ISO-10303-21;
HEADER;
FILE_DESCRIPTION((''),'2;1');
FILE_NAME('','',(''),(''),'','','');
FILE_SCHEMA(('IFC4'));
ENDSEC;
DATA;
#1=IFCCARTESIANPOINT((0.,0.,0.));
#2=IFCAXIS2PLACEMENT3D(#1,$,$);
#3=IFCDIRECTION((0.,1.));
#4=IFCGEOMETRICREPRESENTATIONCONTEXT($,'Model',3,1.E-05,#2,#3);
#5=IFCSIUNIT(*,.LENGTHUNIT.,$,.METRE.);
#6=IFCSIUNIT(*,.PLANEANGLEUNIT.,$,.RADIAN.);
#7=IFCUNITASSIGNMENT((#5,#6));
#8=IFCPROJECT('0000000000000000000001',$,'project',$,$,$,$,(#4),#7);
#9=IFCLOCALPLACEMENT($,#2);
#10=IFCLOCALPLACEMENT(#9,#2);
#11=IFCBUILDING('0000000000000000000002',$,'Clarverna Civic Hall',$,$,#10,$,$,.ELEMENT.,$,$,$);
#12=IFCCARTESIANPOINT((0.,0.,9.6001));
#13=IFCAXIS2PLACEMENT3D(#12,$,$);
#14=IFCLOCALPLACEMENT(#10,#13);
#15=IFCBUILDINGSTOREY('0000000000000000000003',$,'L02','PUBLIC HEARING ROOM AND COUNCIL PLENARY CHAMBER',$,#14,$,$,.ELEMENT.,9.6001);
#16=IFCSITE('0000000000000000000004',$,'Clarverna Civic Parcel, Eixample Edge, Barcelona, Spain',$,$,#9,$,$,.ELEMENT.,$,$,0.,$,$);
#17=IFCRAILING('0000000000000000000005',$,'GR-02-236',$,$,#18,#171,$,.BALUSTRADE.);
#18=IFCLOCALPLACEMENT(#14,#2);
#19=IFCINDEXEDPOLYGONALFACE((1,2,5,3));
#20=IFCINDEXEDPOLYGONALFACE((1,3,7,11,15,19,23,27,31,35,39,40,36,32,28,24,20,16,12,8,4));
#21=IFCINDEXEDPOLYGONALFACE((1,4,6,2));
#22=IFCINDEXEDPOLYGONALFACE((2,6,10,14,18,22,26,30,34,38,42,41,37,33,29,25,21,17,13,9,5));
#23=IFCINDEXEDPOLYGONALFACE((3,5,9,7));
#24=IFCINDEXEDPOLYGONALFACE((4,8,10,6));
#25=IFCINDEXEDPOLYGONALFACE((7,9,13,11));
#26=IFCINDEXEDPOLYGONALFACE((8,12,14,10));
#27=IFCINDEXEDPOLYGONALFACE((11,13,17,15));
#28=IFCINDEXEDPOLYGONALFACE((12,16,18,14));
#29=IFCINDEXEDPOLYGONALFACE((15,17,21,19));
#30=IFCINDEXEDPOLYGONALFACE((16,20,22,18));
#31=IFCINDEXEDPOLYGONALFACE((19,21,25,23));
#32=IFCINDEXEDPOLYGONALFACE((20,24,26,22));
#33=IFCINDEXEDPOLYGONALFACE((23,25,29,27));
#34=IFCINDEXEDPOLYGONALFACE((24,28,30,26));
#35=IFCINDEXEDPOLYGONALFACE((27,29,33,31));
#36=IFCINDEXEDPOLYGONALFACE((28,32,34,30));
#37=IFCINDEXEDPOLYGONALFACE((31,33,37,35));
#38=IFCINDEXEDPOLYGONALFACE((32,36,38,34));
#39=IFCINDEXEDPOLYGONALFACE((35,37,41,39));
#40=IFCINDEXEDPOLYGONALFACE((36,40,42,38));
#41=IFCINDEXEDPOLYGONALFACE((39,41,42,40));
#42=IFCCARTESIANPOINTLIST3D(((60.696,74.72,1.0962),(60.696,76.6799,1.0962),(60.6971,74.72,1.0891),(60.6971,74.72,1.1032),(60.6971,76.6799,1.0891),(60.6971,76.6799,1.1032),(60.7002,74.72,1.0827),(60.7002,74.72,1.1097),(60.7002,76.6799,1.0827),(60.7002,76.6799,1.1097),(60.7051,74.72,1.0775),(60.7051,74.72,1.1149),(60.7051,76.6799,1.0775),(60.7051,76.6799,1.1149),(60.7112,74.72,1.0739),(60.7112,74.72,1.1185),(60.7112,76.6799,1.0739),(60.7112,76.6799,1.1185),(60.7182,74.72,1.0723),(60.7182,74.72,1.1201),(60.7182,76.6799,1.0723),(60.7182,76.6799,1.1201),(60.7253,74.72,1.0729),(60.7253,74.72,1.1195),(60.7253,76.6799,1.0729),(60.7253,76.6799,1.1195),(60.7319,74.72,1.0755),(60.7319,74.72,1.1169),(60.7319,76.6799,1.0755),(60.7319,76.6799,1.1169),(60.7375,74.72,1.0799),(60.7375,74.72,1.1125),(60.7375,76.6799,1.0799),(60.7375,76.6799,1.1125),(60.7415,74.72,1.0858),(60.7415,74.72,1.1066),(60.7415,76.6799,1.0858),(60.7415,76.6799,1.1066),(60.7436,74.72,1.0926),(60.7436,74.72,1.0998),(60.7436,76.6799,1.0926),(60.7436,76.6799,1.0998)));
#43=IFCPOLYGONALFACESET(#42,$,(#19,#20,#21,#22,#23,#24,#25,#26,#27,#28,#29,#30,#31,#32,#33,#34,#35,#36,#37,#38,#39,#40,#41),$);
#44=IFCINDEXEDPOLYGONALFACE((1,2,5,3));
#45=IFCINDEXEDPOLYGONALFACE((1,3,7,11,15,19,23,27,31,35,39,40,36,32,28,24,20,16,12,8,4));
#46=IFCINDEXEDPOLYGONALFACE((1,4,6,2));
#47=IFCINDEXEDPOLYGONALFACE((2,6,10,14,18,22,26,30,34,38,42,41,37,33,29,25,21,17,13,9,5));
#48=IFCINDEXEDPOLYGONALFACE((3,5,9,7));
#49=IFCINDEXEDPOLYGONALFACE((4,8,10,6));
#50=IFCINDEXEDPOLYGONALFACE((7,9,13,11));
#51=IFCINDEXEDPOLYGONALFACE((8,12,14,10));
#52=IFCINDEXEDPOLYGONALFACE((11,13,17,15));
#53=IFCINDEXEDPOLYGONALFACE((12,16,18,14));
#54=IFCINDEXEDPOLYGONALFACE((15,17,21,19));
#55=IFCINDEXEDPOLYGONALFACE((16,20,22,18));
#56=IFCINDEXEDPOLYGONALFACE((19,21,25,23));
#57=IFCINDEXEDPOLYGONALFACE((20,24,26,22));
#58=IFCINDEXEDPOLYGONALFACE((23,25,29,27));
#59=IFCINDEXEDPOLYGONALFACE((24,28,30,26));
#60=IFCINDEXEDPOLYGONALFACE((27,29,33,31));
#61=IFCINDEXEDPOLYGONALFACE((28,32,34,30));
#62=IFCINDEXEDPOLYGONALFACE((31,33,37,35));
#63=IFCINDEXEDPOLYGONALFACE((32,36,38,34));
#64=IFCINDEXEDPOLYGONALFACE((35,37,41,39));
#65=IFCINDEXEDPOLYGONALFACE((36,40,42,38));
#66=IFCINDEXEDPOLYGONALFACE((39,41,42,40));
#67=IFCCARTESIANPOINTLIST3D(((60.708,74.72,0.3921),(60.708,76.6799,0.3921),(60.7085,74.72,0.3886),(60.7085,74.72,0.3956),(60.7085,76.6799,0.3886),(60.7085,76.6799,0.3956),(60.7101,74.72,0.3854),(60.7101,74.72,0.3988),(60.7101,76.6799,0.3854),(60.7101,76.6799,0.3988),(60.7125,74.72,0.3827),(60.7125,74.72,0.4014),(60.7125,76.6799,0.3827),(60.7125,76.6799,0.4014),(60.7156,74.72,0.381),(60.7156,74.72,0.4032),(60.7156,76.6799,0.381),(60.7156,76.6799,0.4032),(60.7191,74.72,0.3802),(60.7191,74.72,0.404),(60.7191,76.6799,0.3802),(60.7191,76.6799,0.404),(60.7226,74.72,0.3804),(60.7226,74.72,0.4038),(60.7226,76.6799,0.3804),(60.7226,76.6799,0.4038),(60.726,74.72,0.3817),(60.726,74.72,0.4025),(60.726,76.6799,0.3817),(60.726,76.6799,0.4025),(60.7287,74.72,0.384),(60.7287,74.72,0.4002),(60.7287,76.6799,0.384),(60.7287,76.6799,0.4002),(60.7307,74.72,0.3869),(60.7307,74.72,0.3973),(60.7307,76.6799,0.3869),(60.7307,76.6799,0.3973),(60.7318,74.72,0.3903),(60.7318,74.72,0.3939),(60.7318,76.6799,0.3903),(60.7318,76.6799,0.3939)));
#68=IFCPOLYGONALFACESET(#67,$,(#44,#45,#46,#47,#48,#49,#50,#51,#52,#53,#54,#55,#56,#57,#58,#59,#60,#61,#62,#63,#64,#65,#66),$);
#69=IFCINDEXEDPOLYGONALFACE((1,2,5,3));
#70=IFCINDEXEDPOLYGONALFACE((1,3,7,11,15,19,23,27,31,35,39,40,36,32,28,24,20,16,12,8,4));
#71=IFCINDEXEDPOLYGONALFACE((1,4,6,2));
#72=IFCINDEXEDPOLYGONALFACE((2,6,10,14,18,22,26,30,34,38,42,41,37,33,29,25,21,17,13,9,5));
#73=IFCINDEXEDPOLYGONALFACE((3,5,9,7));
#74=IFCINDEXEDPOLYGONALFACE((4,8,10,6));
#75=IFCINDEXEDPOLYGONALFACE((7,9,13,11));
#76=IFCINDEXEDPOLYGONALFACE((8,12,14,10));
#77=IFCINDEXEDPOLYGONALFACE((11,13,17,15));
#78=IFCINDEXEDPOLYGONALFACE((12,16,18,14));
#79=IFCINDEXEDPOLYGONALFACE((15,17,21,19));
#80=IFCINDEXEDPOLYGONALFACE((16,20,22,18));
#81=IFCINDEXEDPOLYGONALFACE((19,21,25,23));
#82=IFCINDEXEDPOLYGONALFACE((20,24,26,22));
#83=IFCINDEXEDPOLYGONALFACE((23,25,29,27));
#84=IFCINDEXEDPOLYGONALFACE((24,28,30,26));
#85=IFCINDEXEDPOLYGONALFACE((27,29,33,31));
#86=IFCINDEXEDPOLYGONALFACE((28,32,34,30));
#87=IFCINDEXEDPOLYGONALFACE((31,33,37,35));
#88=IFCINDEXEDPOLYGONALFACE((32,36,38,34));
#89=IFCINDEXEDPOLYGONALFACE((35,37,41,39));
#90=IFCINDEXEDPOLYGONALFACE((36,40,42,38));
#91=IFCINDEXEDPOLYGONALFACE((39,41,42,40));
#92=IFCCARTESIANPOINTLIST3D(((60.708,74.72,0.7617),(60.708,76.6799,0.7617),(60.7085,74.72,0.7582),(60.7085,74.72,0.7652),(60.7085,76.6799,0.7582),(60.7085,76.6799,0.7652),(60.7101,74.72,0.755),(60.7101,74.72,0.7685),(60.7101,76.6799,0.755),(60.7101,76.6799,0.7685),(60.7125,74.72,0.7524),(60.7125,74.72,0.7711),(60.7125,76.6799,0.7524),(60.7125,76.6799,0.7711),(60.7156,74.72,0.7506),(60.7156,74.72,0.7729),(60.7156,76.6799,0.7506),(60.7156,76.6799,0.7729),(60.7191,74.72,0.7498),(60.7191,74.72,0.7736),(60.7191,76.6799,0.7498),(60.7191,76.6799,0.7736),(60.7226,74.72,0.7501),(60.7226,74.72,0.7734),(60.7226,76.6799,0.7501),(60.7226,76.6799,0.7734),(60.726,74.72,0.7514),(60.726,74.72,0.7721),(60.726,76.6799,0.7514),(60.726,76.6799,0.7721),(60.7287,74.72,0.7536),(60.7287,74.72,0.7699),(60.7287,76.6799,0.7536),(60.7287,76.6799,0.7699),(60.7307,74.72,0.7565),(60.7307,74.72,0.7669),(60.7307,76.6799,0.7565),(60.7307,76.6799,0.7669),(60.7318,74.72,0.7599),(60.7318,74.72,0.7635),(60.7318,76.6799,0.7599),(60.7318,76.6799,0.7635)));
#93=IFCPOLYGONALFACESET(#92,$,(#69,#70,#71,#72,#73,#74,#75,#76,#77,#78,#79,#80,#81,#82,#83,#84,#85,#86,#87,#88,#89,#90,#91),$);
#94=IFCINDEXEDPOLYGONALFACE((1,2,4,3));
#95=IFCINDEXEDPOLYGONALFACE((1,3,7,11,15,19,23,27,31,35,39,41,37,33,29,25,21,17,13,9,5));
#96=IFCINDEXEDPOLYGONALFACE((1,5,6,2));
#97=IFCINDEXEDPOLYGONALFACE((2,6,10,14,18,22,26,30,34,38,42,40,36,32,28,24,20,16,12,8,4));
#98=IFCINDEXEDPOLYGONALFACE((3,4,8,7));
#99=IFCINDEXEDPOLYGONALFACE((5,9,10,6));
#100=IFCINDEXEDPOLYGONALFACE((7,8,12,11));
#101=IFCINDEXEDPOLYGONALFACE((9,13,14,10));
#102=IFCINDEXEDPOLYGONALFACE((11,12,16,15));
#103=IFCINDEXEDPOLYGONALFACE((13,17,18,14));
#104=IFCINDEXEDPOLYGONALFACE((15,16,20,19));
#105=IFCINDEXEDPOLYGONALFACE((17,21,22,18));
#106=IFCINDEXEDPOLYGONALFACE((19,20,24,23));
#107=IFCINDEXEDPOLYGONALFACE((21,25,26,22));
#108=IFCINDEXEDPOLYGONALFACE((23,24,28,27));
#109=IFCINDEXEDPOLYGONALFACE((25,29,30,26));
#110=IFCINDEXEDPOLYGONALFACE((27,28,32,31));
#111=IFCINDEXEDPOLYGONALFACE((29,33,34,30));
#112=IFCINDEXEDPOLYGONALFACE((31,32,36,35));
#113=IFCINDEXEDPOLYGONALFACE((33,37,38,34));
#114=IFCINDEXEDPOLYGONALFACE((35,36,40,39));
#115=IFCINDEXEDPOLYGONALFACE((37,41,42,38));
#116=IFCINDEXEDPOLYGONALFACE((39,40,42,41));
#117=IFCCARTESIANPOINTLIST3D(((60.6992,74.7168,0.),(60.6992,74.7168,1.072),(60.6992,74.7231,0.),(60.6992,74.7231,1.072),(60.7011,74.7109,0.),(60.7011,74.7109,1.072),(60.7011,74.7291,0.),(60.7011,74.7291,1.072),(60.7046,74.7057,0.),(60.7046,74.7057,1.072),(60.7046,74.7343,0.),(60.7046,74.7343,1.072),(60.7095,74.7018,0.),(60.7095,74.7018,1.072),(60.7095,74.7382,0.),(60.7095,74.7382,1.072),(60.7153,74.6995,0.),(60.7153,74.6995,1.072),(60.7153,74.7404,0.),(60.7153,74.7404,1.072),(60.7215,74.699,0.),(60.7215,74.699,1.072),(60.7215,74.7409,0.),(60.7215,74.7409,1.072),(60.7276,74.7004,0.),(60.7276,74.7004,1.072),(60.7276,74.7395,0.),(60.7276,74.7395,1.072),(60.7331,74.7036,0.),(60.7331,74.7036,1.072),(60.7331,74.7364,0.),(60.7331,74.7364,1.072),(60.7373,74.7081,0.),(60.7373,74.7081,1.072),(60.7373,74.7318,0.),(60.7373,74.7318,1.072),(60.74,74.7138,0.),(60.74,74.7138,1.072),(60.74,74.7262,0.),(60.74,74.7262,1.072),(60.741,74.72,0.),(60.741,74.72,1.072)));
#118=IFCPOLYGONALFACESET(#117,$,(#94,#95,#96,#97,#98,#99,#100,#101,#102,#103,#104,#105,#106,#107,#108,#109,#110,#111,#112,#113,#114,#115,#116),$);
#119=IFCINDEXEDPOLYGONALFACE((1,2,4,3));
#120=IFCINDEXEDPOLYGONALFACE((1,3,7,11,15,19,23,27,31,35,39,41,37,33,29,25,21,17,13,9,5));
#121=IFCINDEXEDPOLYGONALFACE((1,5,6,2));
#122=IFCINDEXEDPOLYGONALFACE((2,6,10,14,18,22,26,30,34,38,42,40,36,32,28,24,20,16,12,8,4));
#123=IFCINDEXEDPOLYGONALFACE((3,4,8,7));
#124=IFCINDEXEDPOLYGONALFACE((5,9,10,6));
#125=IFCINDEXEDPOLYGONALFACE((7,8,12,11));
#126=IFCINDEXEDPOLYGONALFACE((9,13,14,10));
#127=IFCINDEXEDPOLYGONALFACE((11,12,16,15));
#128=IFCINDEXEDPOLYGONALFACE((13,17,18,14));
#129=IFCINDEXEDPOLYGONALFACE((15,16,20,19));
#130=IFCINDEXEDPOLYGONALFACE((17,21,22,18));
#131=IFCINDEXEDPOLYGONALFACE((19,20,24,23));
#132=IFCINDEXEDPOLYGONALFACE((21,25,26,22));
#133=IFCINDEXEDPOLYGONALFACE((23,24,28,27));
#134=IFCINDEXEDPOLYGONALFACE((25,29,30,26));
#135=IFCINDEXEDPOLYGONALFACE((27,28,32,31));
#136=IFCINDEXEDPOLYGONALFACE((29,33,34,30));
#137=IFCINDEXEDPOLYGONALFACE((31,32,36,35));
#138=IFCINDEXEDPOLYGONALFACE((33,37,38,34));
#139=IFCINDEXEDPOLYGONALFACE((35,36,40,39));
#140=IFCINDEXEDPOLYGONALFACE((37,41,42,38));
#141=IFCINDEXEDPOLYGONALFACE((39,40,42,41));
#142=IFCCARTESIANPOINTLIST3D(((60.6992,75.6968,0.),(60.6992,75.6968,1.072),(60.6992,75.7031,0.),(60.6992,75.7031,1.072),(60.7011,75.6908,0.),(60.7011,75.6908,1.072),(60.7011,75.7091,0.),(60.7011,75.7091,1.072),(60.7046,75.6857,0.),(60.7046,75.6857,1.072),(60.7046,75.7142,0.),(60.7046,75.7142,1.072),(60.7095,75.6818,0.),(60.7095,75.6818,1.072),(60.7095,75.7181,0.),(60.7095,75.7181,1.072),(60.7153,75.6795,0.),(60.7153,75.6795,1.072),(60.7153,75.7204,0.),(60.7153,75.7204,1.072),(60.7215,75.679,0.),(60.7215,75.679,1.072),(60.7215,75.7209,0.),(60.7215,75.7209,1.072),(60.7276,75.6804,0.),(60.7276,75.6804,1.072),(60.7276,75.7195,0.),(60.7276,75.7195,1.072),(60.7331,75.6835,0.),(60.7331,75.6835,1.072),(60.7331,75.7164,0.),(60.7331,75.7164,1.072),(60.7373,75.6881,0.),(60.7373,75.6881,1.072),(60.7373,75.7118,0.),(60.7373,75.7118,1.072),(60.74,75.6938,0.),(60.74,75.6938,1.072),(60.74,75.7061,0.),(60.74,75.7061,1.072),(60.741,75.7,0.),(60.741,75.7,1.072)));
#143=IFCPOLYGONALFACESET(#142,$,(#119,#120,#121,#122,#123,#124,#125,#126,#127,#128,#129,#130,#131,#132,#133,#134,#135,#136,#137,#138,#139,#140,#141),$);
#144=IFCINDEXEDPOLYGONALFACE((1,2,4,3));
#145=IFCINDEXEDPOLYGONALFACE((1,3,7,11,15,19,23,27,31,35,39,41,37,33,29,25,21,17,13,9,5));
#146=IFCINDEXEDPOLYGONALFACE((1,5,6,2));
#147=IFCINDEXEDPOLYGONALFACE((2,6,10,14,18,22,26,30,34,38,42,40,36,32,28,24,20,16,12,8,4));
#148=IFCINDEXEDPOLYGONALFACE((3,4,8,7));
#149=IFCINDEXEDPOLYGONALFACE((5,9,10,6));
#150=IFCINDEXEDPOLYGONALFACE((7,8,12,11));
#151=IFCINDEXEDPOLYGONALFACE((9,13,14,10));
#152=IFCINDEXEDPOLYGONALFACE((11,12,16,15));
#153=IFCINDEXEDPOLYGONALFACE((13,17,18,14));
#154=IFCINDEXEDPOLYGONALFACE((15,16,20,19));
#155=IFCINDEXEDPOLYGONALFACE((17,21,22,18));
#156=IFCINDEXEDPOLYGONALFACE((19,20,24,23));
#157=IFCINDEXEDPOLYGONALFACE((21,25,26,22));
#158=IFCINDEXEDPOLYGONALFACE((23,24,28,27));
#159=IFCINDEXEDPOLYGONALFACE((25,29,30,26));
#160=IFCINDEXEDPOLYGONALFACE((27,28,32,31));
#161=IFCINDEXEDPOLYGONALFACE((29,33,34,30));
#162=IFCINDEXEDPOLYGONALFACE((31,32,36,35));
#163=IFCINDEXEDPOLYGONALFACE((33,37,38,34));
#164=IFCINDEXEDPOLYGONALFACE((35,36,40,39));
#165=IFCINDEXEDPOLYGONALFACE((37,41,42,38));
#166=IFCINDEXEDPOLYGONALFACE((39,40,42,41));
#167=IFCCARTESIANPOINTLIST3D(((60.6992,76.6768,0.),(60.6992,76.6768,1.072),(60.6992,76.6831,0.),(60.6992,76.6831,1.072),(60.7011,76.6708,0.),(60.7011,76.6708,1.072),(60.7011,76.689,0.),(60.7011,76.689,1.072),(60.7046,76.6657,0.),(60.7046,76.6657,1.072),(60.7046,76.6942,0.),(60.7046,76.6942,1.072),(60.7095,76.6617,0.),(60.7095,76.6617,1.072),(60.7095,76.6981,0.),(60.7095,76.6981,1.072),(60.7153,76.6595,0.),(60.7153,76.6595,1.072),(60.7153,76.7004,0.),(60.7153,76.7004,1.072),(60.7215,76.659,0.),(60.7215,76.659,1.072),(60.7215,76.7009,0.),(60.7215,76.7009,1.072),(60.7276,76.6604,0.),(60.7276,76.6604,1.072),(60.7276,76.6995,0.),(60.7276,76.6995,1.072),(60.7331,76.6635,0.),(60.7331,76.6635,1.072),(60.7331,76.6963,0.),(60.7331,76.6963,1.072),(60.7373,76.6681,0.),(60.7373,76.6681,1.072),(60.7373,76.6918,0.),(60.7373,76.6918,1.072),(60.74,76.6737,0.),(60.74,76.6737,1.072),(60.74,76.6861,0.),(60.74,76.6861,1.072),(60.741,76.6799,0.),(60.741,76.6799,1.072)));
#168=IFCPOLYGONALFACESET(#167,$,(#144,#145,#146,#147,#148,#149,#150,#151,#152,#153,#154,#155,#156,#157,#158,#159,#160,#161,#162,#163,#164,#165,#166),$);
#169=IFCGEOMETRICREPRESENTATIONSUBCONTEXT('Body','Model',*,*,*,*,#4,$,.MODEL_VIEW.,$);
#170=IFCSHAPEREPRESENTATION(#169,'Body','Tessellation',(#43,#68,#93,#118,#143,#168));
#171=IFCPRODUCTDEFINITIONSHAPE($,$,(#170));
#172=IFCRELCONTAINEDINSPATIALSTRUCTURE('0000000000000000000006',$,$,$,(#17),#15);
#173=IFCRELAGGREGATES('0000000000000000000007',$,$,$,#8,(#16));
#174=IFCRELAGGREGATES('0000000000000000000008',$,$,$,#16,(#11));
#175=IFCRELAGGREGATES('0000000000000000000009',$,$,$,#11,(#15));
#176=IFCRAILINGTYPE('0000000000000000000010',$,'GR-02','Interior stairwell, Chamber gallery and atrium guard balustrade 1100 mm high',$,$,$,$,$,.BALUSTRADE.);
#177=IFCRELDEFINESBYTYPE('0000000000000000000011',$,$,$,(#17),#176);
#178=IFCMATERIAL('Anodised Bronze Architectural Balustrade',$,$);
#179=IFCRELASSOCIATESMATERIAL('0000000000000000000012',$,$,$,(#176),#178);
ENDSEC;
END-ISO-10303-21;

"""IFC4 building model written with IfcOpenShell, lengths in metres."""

from ifc_helpers import new_model, si_unit, direction, frame, origin, origin_2d, place, context, subcontext, project, spatial, circle, extrude, material, type_object, element, save


model = new_model("IFC4")

# Units and contexts
model_context = context("Model", 3, precision=1e-05, world=origin(), true_north=direction((0.0, 1.0)))
body_context = subcontext(model_context, "Body", "Model", "MODEL_VIEW")
ifc_project = project(units=[si_unit("LENGTHUNIT", "METRE"), si_unit("PLANEANGLEUNIT", "RADIAN")], contexts=[model_context])

# Site, building, storey
site_placement = place(None, origin())
site = spatial("IfcSite", under=ifc_project, at=site_placement, Name="Clarverna Civic Parcel, Eixample Edge, Barcelona, Spain", CompositionType="ELEMENT", RefElevation=0.0)
building_placement = place(site_placement, origin())
building = spatial("IfcBuilding", under=site, at=building_placement, Name="Clarverna Civic Hall", CompositionType="ELEMENT")
storey_placement = place(building_placement, frame((0.0, 0.0, 9.6001)))
storey = spatial("IfcBuildingStorey", under=building, at=storey_placement, Name="L02", Description="PUBLIC HEARING ROOM AND COUNCIL PLENARY CHAMBER", CompositionType="ELEMENT", Elevation=9.6001)

# Railing
ifc_material_1 = material(Name="Anodised Bronze Architectural Balustrade")
railing_type = type_object("IfcRailingType", Name="GR-02", Description="Interior stairwell, Chamber gallery and atrium guard balustrade 1100 mm high", PredefinedType="BALUSTRADE", material=ifc_material_1)
railing_1_placement = place(storey_placement, frame((60.72, 74.72, 0.0)))
element("IfcRailing", 1, at=railing_1_placement, inside=storey, type_object=railing_type, Name="GR-02-236", PredefinedType="BALUSTRADE", context=body_context, shape_type="SweptSolid", body=[
    extrude(circle(Radius=0.0239, at=origin_2d()), frame((0.0, 0.0, 1.0962), z_axis=(0.0, 1.0, 0.0), x_axis=(-1.0, 0.0, 0.0)), (0.0, 0.0, 1.0), 1.96),
    extrude(circle(Radius=0.012, at=origin_2d()), frame((0.0, 0.0, 0.3921), z_axis=(0.0, 1.0, 0.0), x_axis=(-1.0, 0.0, 0.0)), (0.0, 0.0, 1.0), 1.96),
    extrude(circle(Radius=0.012, at=origin_2d()), frame((0.0, 0.0, 0.7617), z_axis=(0.0, 1.0, 0.0), x_axis=(-1.0, 0.0, 0.0)), (0.0, 0.0, 1.0), 1.96),
    extrude(circle(Radius=0.021, at=origin_2d()), origin(), (0.0, 0.0, 1.0), 1.072),
    extrude(circle(Radius=0.021, at=origin_2d()), frame((0.0, 0.98, 0.0)), (0.0, 0.0, 1.0), 1.072),
    extrude(circle(Radius=0.021, at=origin_2d()), frame((0.0, 1.96, 0.0)), (0.0, 0.0, 1.0), 1.072),
])

save(model, "model.ifc")
